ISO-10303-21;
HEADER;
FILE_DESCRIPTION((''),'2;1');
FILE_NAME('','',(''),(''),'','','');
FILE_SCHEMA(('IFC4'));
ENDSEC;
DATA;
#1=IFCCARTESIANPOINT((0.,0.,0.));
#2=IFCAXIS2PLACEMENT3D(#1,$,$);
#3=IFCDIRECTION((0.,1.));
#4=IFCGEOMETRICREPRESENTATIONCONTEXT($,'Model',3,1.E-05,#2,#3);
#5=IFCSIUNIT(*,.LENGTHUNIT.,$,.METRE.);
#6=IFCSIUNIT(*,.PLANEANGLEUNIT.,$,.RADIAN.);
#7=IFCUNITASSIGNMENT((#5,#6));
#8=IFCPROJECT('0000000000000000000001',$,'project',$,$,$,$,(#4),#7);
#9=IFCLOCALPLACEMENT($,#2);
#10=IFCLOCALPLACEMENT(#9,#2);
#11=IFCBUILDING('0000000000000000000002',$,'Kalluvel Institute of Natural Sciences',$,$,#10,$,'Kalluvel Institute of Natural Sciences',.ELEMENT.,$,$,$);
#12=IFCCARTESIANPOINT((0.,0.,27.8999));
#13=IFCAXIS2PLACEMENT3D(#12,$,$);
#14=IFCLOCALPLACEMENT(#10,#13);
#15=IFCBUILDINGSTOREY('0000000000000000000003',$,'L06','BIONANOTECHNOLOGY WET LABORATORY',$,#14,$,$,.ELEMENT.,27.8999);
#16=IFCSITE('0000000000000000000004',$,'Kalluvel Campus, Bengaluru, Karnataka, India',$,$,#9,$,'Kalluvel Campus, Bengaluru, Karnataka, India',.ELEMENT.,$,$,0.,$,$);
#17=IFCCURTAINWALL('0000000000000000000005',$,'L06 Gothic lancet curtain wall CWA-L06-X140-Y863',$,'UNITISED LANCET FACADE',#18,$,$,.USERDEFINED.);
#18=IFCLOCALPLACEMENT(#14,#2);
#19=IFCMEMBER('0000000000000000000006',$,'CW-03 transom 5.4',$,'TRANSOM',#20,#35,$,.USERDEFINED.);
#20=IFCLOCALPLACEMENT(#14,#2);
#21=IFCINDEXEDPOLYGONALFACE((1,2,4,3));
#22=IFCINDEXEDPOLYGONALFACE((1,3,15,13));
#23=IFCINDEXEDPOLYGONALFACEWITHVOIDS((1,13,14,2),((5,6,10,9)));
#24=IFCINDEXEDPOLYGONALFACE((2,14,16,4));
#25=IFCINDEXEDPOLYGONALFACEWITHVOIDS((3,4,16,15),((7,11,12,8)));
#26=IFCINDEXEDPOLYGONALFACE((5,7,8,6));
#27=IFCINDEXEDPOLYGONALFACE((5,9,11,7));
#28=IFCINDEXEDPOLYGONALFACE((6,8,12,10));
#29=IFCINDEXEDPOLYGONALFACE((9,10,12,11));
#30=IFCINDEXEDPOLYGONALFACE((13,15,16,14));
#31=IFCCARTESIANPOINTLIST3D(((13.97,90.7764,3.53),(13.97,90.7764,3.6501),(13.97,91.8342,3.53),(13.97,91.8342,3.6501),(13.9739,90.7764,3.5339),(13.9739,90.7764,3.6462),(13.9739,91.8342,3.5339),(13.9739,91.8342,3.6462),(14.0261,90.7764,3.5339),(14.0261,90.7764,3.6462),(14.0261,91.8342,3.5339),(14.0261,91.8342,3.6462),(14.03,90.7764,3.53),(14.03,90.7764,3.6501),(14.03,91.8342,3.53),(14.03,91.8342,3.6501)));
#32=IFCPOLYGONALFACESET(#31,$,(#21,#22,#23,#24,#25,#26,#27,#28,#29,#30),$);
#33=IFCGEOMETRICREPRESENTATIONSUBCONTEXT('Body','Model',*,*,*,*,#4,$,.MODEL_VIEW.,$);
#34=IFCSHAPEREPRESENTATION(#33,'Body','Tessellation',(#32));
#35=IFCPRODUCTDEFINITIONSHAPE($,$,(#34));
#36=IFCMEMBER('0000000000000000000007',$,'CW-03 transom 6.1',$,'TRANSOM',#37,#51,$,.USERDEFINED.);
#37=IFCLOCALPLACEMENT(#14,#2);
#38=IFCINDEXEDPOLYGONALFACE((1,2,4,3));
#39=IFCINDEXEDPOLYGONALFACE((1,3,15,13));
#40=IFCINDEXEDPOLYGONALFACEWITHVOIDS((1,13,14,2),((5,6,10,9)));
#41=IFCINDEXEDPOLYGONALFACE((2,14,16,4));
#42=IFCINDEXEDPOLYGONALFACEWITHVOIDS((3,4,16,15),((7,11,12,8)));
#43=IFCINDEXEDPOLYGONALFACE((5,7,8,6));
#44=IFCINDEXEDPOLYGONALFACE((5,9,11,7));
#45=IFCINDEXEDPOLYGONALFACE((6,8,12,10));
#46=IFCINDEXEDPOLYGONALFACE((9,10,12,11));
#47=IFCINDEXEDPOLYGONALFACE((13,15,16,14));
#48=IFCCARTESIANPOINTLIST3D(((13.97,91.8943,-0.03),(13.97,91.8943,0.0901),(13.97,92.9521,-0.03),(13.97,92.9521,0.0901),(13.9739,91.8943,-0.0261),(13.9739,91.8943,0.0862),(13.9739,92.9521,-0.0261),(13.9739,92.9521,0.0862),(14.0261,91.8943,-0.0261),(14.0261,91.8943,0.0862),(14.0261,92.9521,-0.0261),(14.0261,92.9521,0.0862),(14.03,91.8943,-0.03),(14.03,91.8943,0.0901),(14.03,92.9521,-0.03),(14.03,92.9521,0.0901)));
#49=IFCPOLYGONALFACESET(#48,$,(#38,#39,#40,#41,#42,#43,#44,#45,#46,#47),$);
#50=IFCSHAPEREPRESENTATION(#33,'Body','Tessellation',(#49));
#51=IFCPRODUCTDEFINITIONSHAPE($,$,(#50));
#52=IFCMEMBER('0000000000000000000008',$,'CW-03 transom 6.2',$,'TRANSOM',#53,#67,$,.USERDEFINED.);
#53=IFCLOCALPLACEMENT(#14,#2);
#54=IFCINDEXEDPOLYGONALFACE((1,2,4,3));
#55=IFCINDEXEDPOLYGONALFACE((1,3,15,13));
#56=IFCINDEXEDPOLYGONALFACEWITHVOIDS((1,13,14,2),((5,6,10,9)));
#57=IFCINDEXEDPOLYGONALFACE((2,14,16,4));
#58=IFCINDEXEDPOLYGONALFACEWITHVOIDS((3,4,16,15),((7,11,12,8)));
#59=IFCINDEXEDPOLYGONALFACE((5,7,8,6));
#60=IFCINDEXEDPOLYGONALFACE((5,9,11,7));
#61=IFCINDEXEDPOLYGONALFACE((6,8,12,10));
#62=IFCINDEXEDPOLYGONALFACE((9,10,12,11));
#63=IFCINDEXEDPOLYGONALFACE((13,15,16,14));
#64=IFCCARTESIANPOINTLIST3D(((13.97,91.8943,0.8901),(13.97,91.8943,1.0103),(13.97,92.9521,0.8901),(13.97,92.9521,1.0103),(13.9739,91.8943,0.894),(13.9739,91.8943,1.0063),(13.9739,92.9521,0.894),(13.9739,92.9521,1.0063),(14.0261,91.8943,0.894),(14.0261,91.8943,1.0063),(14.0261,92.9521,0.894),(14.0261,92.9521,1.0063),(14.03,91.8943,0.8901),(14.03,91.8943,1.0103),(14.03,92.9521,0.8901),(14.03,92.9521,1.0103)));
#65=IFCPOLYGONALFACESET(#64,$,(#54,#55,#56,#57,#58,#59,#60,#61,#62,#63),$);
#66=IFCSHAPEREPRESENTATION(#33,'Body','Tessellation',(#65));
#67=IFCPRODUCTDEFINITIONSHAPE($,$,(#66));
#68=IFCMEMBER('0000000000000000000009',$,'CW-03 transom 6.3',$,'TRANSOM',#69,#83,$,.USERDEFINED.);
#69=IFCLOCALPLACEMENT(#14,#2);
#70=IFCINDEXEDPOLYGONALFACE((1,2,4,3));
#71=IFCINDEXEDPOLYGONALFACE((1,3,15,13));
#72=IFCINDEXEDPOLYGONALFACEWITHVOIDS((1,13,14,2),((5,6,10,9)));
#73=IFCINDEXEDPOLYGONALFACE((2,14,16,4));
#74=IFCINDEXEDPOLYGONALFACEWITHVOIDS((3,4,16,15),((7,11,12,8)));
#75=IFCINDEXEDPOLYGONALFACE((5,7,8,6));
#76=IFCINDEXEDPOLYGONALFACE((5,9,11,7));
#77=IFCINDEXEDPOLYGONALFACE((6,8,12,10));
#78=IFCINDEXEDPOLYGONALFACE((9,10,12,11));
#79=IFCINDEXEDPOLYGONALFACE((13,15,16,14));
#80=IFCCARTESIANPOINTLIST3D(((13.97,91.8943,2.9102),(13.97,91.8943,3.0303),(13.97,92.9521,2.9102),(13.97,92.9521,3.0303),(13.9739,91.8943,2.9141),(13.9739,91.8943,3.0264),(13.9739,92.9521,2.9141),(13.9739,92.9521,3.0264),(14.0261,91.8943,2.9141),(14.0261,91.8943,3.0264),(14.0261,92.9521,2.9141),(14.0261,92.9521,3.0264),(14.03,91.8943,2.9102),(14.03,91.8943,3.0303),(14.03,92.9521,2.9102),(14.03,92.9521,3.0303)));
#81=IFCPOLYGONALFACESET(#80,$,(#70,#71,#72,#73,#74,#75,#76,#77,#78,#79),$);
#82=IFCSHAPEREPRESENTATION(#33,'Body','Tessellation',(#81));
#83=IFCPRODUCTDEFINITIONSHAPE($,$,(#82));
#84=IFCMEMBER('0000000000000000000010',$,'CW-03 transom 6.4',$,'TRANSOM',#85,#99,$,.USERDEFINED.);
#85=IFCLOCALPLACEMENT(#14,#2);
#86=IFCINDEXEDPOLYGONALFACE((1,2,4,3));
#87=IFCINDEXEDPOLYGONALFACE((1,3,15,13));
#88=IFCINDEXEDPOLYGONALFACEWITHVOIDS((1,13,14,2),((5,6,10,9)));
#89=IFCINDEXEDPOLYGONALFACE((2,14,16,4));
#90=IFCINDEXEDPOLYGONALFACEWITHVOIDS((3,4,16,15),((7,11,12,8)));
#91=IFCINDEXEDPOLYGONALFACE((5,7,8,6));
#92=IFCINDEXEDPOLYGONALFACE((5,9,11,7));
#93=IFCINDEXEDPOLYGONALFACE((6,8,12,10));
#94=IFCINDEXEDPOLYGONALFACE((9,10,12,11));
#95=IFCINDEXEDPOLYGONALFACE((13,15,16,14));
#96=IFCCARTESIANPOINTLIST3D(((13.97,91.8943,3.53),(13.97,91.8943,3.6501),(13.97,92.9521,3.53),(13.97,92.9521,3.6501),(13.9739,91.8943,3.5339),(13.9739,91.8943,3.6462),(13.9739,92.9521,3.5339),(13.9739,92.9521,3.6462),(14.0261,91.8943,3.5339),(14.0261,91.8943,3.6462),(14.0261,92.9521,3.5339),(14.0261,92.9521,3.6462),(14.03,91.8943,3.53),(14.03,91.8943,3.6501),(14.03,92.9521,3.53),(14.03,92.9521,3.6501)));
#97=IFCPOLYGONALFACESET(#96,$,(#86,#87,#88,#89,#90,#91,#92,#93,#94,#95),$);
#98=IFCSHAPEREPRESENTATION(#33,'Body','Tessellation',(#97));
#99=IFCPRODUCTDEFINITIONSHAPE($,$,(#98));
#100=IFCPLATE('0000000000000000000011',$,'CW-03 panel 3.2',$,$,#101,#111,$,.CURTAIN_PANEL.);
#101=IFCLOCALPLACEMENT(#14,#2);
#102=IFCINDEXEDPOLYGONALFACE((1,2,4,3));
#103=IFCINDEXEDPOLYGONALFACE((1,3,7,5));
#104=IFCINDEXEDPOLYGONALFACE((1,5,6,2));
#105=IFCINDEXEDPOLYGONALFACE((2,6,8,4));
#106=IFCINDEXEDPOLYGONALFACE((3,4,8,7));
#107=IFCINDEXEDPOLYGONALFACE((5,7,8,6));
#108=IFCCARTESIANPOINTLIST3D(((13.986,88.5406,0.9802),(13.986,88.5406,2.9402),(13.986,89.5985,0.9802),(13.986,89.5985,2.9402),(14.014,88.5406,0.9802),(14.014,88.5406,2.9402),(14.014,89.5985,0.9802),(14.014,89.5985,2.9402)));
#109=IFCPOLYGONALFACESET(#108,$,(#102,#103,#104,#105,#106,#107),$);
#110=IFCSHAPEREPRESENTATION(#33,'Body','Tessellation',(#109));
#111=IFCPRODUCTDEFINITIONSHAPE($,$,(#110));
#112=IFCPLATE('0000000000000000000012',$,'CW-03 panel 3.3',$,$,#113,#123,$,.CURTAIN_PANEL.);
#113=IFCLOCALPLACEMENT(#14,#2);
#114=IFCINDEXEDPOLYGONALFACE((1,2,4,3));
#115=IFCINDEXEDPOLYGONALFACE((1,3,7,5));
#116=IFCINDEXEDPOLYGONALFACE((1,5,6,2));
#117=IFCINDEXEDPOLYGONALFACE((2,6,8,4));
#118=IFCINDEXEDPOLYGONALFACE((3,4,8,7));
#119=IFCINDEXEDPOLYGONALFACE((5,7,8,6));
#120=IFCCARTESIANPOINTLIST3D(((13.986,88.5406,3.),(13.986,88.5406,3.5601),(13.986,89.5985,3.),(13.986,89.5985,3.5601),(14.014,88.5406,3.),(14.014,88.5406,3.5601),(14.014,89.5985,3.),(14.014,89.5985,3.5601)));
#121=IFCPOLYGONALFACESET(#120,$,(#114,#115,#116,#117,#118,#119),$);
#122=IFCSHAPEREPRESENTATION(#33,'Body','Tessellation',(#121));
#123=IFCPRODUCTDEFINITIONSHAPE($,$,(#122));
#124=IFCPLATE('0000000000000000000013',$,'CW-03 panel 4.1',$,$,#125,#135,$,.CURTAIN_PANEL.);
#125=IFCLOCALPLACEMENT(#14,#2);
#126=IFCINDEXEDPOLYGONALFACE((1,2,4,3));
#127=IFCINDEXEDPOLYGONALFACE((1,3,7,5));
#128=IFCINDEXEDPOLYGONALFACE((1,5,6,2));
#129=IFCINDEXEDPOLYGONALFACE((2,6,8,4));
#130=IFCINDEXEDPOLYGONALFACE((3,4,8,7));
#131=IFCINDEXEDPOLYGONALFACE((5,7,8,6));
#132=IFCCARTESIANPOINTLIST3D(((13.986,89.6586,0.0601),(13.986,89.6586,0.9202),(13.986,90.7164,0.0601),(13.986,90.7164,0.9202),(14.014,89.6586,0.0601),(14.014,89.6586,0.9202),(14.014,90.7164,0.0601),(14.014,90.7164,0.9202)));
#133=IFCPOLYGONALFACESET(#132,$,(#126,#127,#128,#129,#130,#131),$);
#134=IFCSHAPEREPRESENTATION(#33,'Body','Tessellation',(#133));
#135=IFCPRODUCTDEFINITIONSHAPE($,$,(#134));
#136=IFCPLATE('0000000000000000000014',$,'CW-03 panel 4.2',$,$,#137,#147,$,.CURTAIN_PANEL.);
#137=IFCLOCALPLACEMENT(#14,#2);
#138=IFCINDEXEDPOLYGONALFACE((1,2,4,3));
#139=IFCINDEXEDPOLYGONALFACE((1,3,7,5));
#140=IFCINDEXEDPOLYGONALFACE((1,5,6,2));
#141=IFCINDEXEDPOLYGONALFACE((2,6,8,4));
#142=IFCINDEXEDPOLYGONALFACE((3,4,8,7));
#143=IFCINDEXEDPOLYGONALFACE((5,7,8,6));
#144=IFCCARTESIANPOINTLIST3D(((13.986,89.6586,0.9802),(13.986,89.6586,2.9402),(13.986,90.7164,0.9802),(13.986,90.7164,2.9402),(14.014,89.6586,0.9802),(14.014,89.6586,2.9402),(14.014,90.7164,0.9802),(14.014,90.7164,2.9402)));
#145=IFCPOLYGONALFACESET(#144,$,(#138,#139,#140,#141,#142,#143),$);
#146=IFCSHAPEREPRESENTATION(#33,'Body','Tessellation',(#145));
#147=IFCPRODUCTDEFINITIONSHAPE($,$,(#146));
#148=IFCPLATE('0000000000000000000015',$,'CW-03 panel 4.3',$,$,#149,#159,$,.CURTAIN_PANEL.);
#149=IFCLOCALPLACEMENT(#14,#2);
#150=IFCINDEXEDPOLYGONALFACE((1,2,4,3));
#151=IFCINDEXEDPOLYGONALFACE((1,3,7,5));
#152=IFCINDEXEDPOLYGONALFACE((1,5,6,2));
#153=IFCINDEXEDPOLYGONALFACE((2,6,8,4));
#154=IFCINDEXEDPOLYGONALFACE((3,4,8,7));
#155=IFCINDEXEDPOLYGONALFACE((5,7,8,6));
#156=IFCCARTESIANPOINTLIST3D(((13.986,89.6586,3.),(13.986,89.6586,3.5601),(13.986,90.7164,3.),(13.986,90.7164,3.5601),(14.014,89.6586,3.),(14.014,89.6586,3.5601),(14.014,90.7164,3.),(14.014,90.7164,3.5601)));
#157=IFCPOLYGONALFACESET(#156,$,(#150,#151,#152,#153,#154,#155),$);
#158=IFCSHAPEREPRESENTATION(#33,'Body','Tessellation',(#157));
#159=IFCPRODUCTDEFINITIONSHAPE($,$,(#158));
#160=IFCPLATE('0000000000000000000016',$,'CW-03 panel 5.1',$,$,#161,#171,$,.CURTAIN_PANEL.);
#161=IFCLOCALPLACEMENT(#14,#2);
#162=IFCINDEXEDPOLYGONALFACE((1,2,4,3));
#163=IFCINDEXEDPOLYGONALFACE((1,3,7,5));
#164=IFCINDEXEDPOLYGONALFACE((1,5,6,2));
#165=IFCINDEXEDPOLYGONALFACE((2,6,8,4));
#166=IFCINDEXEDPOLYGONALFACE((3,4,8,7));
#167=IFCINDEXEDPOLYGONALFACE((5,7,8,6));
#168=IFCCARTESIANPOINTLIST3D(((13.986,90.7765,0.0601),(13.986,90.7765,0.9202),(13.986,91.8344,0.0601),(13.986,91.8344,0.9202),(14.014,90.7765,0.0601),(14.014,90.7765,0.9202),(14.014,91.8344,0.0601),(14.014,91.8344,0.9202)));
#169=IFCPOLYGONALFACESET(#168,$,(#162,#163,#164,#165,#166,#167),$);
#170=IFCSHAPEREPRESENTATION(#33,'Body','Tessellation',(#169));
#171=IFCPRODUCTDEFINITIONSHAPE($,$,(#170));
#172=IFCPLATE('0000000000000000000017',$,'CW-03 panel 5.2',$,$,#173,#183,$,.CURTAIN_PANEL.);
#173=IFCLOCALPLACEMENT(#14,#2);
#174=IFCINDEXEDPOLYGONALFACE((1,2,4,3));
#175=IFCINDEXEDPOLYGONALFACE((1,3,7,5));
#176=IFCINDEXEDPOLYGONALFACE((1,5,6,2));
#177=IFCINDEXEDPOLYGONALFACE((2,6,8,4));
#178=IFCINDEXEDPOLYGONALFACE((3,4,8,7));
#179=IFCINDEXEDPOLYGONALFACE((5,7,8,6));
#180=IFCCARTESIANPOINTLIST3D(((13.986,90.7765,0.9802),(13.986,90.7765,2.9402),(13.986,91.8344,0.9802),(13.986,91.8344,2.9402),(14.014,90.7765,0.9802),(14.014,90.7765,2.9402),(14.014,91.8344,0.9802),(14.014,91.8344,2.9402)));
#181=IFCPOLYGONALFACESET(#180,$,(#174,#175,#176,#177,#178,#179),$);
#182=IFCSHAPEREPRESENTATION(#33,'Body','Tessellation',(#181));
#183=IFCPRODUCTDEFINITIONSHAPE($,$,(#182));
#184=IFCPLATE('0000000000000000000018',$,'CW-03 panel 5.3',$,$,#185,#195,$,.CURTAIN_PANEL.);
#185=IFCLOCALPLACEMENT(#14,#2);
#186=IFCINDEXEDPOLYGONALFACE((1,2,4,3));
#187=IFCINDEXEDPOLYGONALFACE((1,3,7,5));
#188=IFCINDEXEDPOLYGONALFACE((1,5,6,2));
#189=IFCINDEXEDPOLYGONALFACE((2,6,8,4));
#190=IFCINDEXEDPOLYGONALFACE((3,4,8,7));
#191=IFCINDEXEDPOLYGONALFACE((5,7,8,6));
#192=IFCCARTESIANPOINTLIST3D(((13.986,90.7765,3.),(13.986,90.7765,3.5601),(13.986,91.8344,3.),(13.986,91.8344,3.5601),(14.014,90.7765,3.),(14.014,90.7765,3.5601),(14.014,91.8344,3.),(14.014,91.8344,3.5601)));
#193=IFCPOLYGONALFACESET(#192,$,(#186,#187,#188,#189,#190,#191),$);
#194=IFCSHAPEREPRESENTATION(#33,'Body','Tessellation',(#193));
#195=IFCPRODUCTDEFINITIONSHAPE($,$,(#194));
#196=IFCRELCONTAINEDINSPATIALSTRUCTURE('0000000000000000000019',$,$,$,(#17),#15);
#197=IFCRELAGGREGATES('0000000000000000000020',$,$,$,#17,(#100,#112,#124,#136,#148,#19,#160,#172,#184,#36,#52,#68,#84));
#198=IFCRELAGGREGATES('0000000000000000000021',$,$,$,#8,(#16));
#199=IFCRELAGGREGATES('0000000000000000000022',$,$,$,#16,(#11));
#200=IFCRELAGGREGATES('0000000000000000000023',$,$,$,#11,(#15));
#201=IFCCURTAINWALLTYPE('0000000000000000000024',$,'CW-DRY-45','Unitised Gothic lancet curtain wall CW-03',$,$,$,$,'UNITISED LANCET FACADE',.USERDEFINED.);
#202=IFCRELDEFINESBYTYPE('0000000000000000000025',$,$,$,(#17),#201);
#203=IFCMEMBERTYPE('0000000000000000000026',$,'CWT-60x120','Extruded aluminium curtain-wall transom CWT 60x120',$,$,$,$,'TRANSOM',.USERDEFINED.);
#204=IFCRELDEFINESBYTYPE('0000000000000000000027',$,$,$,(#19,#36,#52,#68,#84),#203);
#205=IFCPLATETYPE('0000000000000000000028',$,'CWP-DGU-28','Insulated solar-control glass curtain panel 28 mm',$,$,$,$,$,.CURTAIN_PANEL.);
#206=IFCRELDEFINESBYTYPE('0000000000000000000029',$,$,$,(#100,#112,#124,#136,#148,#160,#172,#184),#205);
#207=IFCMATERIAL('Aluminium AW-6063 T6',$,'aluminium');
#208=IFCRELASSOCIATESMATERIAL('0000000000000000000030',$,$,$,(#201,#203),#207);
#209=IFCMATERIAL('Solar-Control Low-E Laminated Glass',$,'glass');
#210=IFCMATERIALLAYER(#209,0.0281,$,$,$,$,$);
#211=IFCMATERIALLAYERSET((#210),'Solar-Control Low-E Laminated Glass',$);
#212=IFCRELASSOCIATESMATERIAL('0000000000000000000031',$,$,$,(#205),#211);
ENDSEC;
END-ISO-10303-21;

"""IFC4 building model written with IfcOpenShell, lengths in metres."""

from ifc_helpers import new_model, si_unit, direction, frame, origin, origin_2d, place, context, subcontext, project, spatial, rectangle, hollow_rectangle, extrude, material, layer, layer_set, material_profile, profile_set, type_object, element, aggregate, save


model = new_model("IFC4")

# Units and contexts
model_context = context("Model", 3, precision=1e-05, world=origin(), true_north=direction((0.0, 1.0)))
body_context = subcontext(model_context, "Body", "Model", "MODEL_VIEW")
ifc_project = project(units=[si_unit("LENGTHUNIT", "METRE"), si_unit("PLANEANGLEUNIT", "RADIAN")], contexts=[model_context])

# Site, building, storey
site_placement = place(None, origin())
site = spatial("IfcSite", under=ifc_project, at=site_placement, Name="Kalluvel Campus, Bengaluru, Karnataka, India", LongName="Kalluvel Campus, Bengaluru, Karnataka, India", CompositionType="ELEMENT", RefElevation=0.0)
building_placement = place(site_placement, origin())
building = spatial("IfcBuilding", under=site, at=building_placement, Name="Kalluvel Institute of Natural Sciences", LongName="Kalluvel Institute of Natural Sciences", CompositionType="ELEMENT")
storey_placement = place(building_placement, frame((0.0, 0.0, 27.8999)))
storey = spatial("IfcBuildingStorey", under=building, at=storey_placement, Name="L06", Description="BIONANOTECHNOLOGY WET LABORATORY", CompositionType="ELEMENT", Elevation=27.8999)

# Curtain wall, members, plates
ifc_material_1 = material(Name="Aluminium AW-6063 T6", Category="aluminium")
curtain_wall_type = type_object("IfcCurtainWallType", Name="CW-DRY-45", Description="Unitised Gothic lancet curtain wall CW-03", ElementType="UNITISED LANCET FACADE", PredefinedType="USERDEFINED", material=ifc_material_1)
curtain_wall_placement = place(storey_placement, origin())
curtain_wall = element("IfcCurtainWall", 1, at=curtain_wall_placement, inside=storey, type_object=curtain_wall_type, Name="L06 Gothic lancet curtain wall CWA-L06-X140-Y863", ObjectType="UNITISED LANCET FACADE", PredefinedType="USERDEFINED")
ifc_material_profile_1 = material_profile(ifc_material_1, hollow_rectangle(XDim=0.0601, YDim=0.1201, WallThickness=0.0039, at=origin_2d()), Name="CWT 60x120")
ifc_profile_set_1 = profile_set([ifc_material_profile_1], Name="Aluminium AW-6063 T6")
member_type_1 = type_object("IfcMemberType", Name="CWT-60x120", Description="Extruded aluminium curtain-wall transom CWT 60x120", ElementType="TRANSOM", PredefinedType="USERDEFINED", material=ifc_profile_set_1)
member_1_placement = place(storey_placement, frame((14.0, 90.7764, 3.5901), z_axis=(0.0, 1.0, 0.0), x_axis=(-1.0, 0.0, 0.0)))
member_1 = element("IfcMember", 2, at=member_1_placement, type_object=member_type_1, Name="CW-03 transom 5.4", ObjectType="TRANSOM", PredefinedType="USERDEFINED", context=body_context, shape_type="SweptSolid", body=[
    extrude(hollow_rectangle(XDim=0.0601, YDim=0.1201, WallThickness=0.0039, at=origin_2d()), origin(), (0.0, 0.0, 1.0), 1.0579),
])
member_2_placement = place(storey_placement, frame((14.0, 91.8943, 0.03), z_axis=(0.0, 1.0, 0.0), x_axis=(-1.0, 0.0, 0.0)))
member_2 = element("IfcMember", 3, at=member_2_placement, type_object=member_type_1, Name="CW-03 transom 6.1", ObjectType="TRANSOM", PredefinedType="USERDEFINED", context=body_context, shape_type="SweptSolid", body=[
    extrude(hollow_rectangle(XDim=0.0601, YDim=0.1201, WallThickness=0.0039, at=origin_2d()), origin(), (0.0, 0.0, 1.0), 1.0579),
])
member_3_placement = place(storey_placement, frame((14.0, 91.8943, 0.9502), z_axis=(0.0, 1.0, 0.0), x_axis=(-1.0, 0.0, 0.0)))
member_3 = element("IfcMember", 4, at=member_3_placement, type_object=member_type_1, Name="CW-03 transom 6.2", ObjectType="TRANSOM", PredefinedType="USERDEFINED", context=body_context, shape_type="SweptSolid", body=[
    extrude(hollow_rectangle(XDim=0.0601, YDim=0.1201, WallThickness=0.0039, at=origin_2d()), origin(), (0.0, 0.0, 1.0), 1.0579),
])
member_4_placement = place(storey_placement, frame((14.0, 91.8943, 2.9702), z_axis=(0.0, 1.0, 0.0), x_axis=(-1.0, 0.0, 0.0)))
member_4 = element("IfcMember", 5, at=member_4_placement, type_object=member_type_1, Name="CW-03 transom 6.3", ObjectType="TRANSOM", PredefinedType="USERDEFINED", context=body_context, shape_type="SweptSolid", body=[
    extrude(hollow_rectangle(XDim=0.0601, YDim=0.1201, WallThickness=0.0039, at=origin_2d()), origin(), (0.0, 0.0, 1.0), 1.0579),
])
member_5_placement = place(storey_placement, frame((14.0, 91.8943, 3.5901), z_axis=(0.0, 1.0, 0.0), x_axis=(-1.0, 0.0, 0.0)))
member_5 = element("IfcMember", 6, at=member_5_placement, type_object=member_type_1, Name="CW-03 transom 6.4", ObjectType="TRANSOM", PredefinedType="USERDEFINED", context=body_context, shape_type="SweptSolid", body=[
    extrude(hollow_rectangle(XDim=0.0601, YDim=0.1201, WallThickness=0.0039, at=origin_2d()), origin(), (0.0, 0.0, 1.0), 1.0579),
])
ifc_material_2 = material(Name="Solar-Control Low-E Laminated Glass", Category="glass")
ifc_layer_1 = layer(ifc_material_2, 0.0281)
ifc_layer_set_1 = layer_set([ifc_layer_1], Name="Solar-Control Low-E Laminated Glass")
plate_type = type_object("IfcPlateType", Name="CWP-DGU-28", Description="Insulated solar-control glass curtain panel 28 mm", PredefinedType="CURTAIN_PANEL", material=ifc_layer_set_1)
plate_1_placement = place(storey_placement, frame((14.0, 89.0696, 0.9802), z_axis=(0.0, 0.0, 1.0), x_axis=(0.0, 1.0, 0.0)))
plate_1 = element("IfcPlate", 7, at=plate_1_placement, type_object=plate_type, Name="CW-03 panel 3.2", PredefinedType="CURTAIN_PANEL", context=body_context, shape_type="SweptSolid", body=[
    extrude(rectangle(XDim=1.0579, YDim=0.0281, at=origin_2d()), origin(), (0.0, 0.0, 1.0), 1.96),
])
plate_2_placement = place(storey_placement, frame((14.0, 89.0696, 3.0), z_axis=(0.0, 0.0, 1.0), x_axis=(0.0, 1.0, 0.0)))
plate_2 = element("IfcPlate", 8, at=plate_2_placement, type_object=plate_type, Name="CW-03 panel 3.3", PredefinedType="CURTAIN_PANEL", context=body_context, shape_type="SweptSolid", body=[
    extrude(rectangle(XDim=1.0579, YDim=0.0281, at=origin_2d()), origin(), (0.0, 0.0, 1.0), 0.5601),
])
plate_3_placement = place(storey_placement, frame((14.0, 90.1875, 0.0601), z_axis=(0.0, 0.0, 1.0), x_axis=(0.0, 1.0, 0.0)))
plate_3 = element("IfcPlate", 9, at=plate_3_placement, type_object=plate_type, Name="CW-03 panel 4.1", PredefinedType="CURTAIN_PANEL", context=body_context, shape_type="SweptSolid", body=[
    extrude(rectangle(XDim=1.0579, YDim=0.0281, at=origin_2d()), origin(), (0.0, 0.0, 1.0), 0.8601),
])
plate_4_placement = place(storey_placement, frame((14.0, 90.1875, 0.9802), z_axis=(0.0, 0.0, 1.0), x_axis=(0.0, 1.0, 0.0)))
plate_4 = element("IfcPlate", 10, at=plate_4_placement, type_object=plate_type, Name="CW-03 panel 4.2", PredefinedType="CURTAIN_PANEL", context=body_context, shape_type="SweptSolid", body=[
    extrude(rectangle(XDim=1.0579, YDim=0.0281, at=origin_2d()), origin(), (0.0, 0.0, 1.0), 1.96),
])
plate_5_placement = place(storey_placement, frame((14.0, 90.1875, 3.0), z_axis=(0.0, 0.0, 1.0), x_axis=(0.0, 1.0, 0.0)))
plate_5 = element("IfcPlate", 11, at=plate_5_placement, type_object=plate_type, Name="CW-03 panel 4.3", PredefinedType="CURTAIN_PANEL", context=body_context, shape_type="SweptSolid", body=[
    extrude(rectangle(XDim=1.0579, YDim=0.0281, at=origin_2d()), origin(), (0.0, 0.0, 1.0), 0.5601),
])
plate_6_placement = place(storey_placement, frame((14.0, 91.3054, 0.0601), z_axis=(0.0, 0.0, 1.0), x_axis=(0.0, 1.0, 0.0)))
plate_6 = element("IfcPlate", 12, at=plate_6_placement, type_object=plate_type, Name="CW-03 panel 5.1", PredefinedType="CURTAIN_PANEL", context=body_context, shape_type="SweptSolid", body=[
    extrude(rectangle(XDim=1.0579, YDim=0.0281, at=origin_2d()), origin(), (0.0, 0.0, 1.0), 0.8601),
])
plate_7_placement = place(storey_placement, frame((14.0, 91.3054, 0.9802), z_axis=(0.0, 0.0, 1.0), x_axis=(0.0, 1.0, 0.0)))
plate_7 = element("IfcPlate", 13, at=plate_7_placement, type_object=plate_type, Name="CW-03 panel 5.2", PredefinedType="CURTAIN_PANEL", context=body_context, shape_type="SweptSolid", body=[
    extrude(rectangle(XDim=1.0579, YDim=0.0281, at=origin_2d()), origin(), (0.0, 0.0, 1.0), 1.96),
])
plate_8_placement = place(storey_placement, frame((14.0, 91.3054, 3.0), z_axis=(0.0, 0.0, 1.0), x_axis=(0.0, 1.0, 0.0)))
plate_8 = element("IfcPlate", 14, at=plate_8_placement, type_object=plate_type, Name="CW-03 panel 5.3", PredefinedType="CURTAIN_PANEL", context=body_context, shape_type="SweptSolid", body=[
    extrude(rectangle(XDim=1.0579, YDim=0.0281, at=origin_2d()), origin(), (0.0, 0.0, 1.0), 0.5601),
])
aggregate(curtain_wall, [plate_1, plate_2, plate_3, plate_4, plate_5, member_1, plate_6, plate_7, plate_8, member_2, member_3, member_4, member_5])

save(model, "model.ifc")
